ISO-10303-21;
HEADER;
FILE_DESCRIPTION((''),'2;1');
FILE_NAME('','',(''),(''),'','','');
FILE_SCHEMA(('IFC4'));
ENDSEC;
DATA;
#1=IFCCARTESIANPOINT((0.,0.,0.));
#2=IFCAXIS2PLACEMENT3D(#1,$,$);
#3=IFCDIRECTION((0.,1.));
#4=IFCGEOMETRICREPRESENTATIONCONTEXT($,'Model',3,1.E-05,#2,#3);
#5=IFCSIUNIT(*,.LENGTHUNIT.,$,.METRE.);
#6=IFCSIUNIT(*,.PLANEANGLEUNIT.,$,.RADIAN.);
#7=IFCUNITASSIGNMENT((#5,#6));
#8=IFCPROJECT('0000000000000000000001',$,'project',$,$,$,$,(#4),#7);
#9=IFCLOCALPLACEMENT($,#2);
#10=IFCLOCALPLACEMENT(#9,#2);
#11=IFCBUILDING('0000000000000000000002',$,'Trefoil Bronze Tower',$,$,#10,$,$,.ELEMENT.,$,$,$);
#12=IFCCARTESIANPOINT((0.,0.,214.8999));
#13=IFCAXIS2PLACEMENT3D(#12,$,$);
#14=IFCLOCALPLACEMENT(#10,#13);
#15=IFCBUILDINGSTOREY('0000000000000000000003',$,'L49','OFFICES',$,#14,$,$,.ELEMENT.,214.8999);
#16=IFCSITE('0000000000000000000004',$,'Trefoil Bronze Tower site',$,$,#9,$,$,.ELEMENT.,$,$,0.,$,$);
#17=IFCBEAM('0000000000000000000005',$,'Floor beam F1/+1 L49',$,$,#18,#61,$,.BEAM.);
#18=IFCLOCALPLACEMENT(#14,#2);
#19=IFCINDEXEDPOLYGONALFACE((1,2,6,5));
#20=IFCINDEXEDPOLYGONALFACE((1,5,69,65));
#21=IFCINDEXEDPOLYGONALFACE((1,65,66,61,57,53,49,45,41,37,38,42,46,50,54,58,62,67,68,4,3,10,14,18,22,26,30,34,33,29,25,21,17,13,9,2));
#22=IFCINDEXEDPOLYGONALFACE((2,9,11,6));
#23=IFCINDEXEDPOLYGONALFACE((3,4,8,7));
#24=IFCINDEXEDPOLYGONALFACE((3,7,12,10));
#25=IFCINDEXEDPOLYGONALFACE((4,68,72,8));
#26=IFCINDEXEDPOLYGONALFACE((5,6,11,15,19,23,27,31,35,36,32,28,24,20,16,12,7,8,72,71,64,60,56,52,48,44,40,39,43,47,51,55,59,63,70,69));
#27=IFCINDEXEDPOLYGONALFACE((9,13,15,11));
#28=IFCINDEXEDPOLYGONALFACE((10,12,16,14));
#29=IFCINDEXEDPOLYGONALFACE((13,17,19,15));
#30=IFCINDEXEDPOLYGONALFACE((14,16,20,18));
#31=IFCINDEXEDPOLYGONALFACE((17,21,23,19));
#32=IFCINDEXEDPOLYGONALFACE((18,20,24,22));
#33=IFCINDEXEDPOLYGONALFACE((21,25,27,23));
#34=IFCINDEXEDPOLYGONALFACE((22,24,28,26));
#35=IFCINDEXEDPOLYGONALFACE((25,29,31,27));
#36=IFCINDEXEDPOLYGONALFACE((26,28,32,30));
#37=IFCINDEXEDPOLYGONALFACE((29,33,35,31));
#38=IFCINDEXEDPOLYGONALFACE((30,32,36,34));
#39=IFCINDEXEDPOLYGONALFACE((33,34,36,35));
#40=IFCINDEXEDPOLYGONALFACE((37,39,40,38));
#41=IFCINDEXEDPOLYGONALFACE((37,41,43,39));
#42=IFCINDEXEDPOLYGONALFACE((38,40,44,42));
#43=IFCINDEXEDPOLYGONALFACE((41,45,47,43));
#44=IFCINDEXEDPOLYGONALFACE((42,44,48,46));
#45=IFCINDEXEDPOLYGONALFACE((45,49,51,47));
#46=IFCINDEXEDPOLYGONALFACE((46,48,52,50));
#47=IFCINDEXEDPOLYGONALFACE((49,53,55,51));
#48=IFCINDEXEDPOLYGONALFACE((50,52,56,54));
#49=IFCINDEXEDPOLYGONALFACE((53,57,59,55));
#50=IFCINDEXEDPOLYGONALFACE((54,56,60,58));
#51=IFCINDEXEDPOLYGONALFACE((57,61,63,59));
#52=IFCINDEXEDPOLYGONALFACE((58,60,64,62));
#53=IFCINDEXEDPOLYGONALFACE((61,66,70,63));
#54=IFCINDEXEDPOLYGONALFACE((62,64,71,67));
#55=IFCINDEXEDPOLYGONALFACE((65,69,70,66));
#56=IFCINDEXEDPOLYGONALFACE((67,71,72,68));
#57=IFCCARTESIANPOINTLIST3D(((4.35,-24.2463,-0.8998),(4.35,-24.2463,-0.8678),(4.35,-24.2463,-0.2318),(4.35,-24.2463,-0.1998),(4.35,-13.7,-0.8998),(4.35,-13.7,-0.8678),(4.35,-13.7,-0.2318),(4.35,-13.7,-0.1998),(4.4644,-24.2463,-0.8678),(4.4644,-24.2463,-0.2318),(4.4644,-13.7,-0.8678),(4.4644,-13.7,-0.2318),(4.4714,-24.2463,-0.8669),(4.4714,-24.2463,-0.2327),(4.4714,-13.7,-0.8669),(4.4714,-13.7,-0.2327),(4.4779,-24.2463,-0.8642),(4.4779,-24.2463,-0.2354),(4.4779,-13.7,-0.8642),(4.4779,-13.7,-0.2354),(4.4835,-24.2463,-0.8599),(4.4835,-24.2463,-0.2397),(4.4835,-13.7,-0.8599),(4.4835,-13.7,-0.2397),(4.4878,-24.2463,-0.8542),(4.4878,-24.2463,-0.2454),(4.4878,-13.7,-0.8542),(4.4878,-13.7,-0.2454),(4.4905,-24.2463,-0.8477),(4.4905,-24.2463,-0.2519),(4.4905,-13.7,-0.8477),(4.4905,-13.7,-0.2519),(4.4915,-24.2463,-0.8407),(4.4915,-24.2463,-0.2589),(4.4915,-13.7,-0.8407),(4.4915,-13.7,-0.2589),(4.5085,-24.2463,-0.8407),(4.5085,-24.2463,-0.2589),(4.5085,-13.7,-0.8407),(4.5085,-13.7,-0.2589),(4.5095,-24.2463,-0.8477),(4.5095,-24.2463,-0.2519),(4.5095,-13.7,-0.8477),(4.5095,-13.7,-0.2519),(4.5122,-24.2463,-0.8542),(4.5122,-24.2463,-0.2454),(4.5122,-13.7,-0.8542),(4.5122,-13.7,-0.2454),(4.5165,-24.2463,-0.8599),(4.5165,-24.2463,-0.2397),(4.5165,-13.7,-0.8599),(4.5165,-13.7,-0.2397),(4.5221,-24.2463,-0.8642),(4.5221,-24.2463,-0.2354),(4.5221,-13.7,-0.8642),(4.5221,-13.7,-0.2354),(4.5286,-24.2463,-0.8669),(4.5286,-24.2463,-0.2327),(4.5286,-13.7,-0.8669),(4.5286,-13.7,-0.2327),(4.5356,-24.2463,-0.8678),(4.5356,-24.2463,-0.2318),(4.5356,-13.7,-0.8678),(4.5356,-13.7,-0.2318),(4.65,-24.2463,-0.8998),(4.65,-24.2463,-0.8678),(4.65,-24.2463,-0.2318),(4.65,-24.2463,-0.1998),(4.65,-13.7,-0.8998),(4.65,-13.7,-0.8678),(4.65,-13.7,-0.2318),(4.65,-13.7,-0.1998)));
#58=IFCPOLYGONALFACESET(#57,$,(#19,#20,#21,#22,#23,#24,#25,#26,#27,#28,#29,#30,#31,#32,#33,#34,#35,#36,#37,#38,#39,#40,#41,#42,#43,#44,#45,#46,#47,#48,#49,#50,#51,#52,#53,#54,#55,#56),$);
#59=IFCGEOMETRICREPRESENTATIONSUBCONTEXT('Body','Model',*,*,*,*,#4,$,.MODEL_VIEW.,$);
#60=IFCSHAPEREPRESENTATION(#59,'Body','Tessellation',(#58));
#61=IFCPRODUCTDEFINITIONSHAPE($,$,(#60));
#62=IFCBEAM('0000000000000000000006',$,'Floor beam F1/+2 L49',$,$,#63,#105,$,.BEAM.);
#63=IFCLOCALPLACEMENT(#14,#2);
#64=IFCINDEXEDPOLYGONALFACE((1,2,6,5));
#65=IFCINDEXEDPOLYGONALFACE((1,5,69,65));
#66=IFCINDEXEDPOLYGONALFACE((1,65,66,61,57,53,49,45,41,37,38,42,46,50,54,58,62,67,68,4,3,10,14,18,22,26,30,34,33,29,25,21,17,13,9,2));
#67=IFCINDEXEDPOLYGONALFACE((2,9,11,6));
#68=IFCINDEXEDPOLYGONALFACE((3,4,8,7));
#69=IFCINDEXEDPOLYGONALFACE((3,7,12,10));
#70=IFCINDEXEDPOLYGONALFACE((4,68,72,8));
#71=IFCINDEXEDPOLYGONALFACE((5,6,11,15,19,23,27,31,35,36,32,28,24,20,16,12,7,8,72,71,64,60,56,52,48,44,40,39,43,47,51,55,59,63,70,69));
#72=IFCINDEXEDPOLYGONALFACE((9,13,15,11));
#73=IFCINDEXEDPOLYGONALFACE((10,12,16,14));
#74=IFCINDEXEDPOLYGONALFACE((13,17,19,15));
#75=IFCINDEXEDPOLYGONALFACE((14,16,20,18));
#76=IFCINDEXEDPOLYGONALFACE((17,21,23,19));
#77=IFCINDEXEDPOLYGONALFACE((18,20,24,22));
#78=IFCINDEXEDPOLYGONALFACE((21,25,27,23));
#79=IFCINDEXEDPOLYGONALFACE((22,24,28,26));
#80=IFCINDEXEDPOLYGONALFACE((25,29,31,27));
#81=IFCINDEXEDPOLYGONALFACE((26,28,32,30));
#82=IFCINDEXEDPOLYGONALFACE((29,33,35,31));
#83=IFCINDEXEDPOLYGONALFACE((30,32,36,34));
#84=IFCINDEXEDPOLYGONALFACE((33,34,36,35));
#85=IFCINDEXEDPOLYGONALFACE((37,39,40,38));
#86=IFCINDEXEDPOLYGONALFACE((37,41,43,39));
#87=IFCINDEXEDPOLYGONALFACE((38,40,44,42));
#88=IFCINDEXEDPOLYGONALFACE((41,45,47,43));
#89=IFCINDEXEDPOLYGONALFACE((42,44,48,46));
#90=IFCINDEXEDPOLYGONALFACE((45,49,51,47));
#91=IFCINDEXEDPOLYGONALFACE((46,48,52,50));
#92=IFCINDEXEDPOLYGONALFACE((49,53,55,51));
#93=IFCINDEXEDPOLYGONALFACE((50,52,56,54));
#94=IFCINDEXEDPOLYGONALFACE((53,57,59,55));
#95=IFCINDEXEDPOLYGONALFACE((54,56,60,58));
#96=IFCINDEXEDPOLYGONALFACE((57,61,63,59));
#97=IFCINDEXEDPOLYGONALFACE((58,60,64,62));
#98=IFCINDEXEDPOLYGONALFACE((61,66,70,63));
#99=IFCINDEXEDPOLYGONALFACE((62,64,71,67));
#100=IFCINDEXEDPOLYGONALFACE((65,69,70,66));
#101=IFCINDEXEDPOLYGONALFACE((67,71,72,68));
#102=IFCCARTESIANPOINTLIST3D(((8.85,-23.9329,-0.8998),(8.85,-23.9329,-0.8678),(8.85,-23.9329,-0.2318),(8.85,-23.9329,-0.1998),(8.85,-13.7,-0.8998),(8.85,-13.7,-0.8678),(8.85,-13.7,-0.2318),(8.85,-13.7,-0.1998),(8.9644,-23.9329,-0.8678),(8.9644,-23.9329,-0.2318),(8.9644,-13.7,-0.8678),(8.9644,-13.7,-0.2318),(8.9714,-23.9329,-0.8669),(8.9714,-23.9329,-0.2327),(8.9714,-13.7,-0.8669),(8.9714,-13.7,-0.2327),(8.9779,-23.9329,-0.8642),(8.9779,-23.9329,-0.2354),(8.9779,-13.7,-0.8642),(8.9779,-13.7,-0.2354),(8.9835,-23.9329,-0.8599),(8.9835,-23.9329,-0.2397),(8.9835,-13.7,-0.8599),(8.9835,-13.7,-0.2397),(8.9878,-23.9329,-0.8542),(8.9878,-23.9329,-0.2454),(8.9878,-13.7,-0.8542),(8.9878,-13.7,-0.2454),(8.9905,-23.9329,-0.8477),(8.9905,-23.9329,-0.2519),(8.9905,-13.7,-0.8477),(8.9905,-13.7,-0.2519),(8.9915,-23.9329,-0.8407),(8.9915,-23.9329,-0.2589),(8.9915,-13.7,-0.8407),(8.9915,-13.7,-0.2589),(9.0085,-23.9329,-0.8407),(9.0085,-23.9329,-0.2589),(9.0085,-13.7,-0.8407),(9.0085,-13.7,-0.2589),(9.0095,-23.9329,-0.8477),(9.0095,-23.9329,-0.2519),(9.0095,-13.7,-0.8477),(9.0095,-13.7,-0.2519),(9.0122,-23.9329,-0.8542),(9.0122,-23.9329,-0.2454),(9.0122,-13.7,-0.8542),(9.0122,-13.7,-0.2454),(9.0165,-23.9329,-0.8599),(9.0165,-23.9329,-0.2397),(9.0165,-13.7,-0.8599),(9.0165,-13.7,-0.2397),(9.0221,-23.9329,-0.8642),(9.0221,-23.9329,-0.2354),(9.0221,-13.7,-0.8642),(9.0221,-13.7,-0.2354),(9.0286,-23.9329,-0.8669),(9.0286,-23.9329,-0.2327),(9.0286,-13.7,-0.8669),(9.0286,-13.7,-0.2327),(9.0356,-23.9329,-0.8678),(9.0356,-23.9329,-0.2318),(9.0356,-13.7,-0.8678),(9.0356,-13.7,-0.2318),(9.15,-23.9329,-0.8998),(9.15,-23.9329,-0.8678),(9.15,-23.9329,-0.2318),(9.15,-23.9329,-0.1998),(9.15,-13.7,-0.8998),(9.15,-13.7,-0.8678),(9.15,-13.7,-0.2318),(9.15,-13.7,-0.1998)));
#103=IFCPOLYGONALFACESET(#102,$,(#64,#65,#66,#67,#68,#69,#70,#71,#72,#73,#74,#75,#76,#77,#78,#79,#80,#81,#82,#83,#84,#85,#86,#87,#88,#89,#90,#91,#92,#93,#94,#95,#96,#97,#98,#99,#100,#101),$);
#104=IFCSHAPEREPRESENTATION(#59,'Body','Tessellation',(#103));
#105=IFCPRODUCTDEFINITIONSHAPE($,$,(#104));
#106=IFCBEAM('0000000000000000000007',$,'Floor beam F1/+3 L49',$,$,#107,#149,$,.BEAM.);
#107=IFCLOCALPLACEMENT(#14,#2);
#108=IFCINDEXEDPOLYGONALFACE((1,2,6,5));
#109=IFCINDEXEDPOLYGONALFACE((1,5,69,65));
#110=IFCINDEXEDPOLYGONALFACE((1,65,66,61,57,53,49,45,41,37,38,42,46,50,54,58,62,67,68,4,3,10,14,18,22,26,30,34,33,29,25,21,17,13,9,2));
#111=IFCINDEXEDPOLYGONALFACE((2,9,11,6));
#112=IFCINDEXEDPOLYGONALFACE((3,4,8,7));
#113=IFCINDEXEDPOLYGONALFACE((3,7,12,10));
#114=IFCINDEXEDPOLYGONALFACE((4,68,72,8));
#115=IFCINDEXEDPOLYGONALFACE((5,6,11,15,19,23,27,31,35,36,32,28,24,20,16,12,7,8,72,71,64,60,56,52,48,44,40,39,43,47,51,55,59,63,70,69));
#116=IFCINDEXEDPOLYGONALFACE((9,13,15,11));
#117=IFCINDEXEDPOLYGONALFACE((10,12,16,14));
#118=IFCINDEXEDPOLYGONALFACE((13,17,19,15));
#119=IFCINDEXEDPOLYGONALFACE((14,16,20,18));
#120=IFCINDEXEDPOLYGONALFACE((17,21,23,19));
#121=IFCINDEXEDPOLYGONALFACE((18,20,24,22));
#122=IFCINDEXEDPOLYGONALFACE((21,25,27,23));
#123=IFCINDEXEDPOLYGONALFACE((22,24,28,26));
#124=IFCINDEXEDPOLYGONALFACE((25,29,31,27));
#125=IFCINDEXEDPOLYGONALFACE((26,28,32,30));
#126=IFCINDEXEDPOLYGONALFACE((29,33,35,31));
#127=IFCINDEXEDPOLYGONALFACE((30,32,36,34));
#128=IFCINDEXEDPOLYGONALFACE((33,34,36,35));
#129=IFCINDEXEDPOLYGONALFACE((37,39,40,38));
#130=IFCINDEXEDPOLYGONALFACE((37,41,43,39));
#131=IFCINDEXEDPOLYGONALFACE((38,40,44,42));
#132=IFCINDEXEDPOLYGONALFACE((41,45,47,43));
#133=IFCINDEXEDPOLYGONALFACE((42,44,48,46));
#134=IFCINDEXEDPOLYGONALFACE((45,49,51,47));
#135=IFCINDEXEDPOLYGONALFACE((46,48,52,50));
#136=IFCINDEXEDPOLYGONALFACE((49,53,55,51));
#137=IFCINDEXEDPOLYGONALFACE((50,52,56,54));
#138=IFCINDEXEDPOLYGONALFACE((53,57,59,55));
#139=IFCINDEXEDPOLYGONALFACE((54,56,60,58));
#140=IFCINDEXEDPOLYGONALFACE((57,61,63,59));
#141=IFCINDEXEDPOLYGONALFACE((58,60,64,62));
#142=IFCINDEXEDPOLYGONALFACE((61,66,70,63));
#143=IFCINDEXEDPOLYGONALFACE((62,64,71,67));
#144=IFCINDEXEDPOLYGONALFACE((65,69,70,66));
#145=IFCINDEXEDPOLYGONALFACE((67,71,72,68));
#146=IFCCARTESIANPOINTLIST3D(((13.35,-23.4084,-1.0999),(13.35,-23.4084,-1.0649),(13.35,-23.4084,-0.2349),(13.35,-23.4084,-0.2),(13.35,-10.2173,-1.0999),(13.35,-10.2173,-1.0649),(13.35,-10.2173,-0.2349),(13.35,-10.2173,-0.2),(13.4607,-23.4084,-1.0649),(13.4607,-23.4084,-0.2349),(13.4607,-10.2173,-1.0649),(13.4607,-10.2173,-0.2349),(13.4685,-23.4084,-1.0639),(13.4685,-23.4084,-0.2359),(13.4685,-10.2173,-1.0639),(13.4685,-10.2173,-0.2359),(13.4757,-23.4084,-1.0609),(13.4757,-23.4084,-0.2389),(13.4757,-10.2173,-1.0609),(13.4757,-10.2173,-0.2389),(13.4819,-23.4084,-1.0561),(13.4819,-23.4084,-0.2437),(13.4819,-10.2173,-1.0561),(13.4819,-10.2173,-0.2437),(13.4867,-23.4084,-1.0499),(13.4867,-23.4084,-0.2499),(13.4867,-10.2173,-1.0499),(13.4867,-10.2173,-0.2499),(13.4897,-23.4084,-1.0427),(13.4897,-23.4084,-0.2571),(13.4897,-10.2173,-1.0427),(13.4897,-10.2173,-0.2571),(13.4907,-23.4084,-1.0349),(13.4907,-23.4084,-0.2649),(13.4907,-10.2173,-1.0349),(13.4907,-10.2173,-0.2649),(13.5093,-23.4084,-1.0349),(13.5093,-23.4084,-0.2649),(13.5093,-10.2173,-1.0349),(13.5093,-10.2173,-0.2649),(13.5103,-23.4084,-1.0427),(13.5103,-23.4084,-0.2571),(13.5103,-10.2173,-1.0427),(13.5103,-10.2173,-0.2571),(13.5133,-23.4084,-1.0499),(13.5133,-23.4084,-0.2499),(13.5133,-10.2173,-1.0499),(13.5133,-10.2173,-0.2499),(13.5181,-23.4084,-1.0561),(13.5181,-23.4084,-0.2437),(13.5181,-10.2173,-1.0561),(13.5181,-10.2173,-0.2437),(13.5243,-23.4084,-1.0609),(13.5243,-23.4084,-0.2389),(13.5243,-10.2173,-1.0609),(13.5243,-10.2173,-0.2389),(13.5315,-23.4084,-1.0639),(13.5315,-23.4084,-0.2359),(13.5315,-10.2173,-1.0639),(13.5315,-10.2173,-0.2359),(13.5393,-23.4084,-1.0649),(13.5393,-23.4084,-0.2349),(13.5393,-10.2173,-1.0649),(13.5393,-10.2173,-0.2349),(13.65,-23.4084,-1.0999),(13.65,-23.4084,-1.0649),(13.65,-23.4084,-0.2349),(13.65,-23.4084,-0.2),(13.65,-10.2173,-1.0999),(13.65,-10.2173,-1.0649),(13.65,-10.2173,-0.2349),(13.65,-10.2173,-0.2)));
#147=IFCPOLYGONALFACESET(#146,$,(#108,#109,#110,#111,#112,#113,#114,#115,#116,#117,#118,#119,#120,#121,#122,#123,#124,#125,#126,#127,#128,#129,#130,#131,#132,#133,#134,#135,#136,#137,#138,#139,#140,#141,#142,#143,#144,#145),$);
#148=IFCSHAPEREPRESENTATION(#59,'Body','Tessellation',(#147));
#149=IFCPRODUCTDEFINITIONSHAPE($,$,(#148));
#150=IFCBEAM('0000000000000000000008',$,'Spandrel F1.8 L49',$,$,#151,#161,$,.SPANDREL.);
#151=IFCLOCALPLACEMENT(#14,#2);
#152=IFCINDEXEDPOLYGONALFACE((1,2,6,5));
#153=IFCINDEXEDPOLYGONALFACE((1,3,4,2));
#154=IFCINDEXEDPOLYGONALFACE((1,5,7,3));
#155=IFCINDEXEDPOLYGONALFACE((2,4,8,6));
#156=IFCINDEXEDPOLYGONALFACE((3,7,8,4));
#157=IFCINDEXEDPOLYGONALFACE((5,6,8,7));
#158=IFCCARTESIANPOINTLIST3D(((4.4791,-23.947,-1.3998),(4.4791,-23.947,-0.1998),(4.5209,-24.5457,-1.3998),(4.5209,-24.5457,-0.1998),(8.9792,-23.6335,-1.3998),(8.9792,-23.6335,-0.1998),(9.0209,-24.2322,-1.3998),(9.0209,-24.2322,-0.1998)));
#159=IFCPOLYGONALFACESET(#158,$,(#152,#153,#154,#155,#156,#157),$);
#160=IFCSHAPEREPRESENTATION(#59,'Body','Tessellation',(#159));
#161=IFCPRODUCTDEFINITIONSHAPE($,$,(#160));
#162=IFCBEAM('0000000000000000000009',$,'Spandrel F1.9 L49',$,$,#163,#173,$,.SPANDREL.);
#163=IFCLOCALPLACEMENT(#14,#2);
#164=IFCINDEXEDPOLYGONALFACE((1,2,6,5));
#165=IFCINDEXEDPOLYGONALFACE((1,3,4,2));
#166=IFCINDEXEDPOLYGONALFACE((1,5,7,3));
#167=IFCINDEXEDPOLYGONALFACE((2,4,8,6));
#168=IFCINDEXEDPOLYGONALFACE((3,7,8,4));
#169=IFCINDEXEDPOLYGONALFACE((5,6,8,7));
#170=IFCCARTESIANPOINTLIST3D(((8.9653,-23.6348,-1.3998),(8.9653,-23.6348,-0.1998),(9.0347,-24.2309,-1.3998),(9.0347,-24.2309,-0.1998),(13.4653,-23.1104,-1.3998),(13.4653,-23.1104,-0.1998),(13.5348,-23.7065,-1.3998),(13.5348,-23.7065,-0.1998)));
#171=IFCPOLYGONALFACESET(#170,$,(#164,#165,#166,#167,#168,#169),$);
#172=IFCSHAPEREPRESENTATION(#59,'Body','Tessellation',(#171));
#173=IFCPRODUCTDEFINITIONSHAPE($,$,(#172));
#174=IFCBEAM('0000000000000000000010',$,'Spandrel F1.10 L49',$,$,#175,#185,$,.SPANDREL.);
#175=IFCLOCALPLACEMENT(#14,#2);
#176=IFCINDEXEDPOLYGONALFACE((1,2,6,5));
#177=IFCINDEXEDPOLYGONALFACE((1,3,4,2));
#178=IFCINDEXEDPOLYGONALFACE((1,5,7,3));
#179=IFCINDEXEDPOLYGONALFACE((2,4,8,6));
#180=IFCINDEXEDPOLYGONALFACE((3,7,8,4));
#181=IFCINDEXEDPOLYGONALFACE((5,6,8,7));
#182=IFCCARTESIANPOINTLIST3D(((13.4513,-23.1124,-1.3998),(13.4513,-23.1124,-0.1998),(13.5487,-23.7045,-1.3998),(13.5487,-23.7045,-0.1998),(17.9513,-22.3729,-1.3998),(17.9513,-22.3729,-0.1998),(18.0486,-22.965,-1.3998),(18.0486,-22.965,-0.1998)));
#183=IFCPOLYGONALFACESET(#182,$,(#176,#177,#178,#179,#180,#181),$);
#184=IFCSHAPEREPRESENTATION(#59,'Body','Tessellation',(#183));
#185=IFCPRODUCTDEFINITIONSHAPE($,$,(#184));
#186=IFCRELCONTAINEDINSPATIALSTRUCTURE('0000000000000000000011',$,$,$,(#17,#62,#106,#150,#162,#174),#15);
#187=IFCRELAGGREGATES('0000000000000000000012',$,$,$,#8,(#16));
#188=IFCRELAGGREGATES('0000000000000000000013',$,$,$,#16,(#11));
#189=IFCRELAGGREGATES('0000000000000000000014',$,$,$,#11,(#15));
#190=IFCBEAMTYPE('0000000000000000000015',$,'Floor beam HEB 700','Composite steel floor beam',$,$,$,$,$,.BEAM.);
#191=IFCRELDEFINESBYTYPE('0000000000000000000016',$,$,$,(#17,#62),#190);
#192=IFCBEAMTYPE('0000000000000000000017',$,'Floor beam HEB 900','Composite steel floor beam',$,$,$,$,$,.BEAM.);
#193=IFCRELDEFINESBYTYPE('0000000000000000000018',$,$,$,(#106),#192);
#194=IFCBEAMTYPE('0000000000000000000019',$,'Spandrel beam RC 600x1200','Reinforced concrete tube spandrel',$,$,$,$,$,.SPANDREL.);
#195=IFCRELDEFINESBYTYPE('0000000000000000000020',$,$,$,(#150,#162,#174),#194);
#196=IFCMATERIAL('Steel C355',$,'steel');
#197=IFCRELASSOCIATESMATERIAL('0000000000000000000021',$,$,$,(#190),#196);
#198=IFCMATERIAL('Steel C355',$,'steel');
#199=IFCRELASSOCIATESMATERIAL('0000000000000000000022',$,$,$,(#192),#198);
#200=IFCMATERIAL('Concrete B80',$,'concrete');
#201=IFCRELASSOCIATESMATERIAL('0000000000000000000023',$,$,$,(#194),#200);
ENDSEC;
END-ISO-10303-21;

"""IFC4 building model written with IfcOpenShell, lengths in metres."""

from ifc_helpers import new_model, si_unit, direction, frame, origin, origin_2d, place, context, subcontext, project, spatial, rectangle, i_section, extrude, material, material_profile, profile_set, type_object, element, save


model = new_model("IFC4")

# Units and contexts
model_context = context("Model", 3, precision=1e-05, world=origin(), true_north=direction((0.0, 1.0)))
body_context = subcontext(model_context, "Body", "Model", "MODEL_VIEW")
ifc_project = project(units=[si_unit("LENGTHUNIT", "METRE"), si_unit("PLANEANGLEUNIT", "RADIAN")], contexts=[model_context])

# Site, building, storey
site_placement = place(None, origin())
site = spatial("IfcSite", under=ifc_project, at=site_placement, Name="Trefoil Bronze Tower site", CompositionType="ELEMENT", RefElevation=0.0)
building_placement = place(site_placement, origin())
building = spatial("IfcBuilding", under=site, at=building_placement, Name="Trefoil Bronze Tower", CompositionType="ELEMENT")
storey_placement = place(building_placement, frame((0.0, 0.0, 214.8999)))
storey = spatial("IfcBuildingStorey", under=building, at=storey_placement, Name="L49", Description="OFFICES", CompositionType="ELEMENT", Elevation=214.8999)

# Beams
ifc_material_1 = material(Name="Steel C355", Category="steel")
ifc_material_profile_1 = material_profile(ifc_material_1, i_section(OverallWidth=0.3, OverallDepth=0.7, WebThickness=0.0171, FlangeThickness=0.032, FilletRadius=0.0271, at=origin_2d()), Name="HEB 700")
ifc_profile_set_1 = profile_set([ifc_material_profile_1], Name="Steel C355")
beam_type_1 = type_object("IfcBeamType", Name="Floor beam HEB 700", Description="Composite steel floor beam", PredefinedType="BEAM", material=ifc_profile_set_1)
beam_1_placement = place(storey_placement, frame((4.5, -24.2463, -0.5498), z_axis=(0.0, 1.0, 0.0), x_axis=(-1.0, 0.0, 0.0)))
element("IfcBeam", 1, at=beam_1_placement, inside=storey, type_object=beam_type_1, Name="Floor beam F1/+1 L49", PredefinedType="BEAM", context=body_context, shape_type="SweptSolid", body=[
    extrude(i_section(OverallWidth=0.3, OverallDepth=0.7, WebThickness=0.0171, FlangeThickness=0.032, FilletRadius=0.0271, at=origin_2d()), origin(), (0.0, 0.0, 1.0), 10.5464),
])
beam_2_placement = place(storey_placement, frame((9.0, -23.9329, -0.5498), z_axis=(0.0, 1.0, 0.0), x_axis=(-1.0, 0.0, 0.0)))
element("IfcBeam", 2, at=beam_2_placement, inside=storey, type_object=beam_type_1, Name="Floor beam F1/+2 L49", PredefinedType="BEAM", context=body_context, shape_type="SweptSolid", body=[
    extrude(i_section(OverallWidth=0.3, OverallDepth=0.7, WebThickness=0.0171, FlangeThickness=0.032, FilletRadius=0.0271, at=origin_2d()), origin(), (0.0, 0.0, 1.0), 10.2329),
])
ifc_material_2 = material(Name="Steel C355", Category="steel")
ifc_material_profile_2 = material_profile(ifc_material_2, i_section(OverallWidth=0.3, OverallDepth=0.8999, WebThickness=0.0186, FlangeThickness=0.0349, FilletRadius=0.03, at=origin_2d()), Name="HEB 900")
ifc_profile_set_2 = profile_set([ifc_material_profile_2], Name="Steel C355")
beam_type_2 = type_object("IfcBeamType", Name="Floor beam HEB 900", Description="Composite steel floor beam", PredefinedType="BEAM", material=ifc_profile_set_2)
beam_3_placement = place(storey_placement, frame((13.5, -23.4084, -0.6499), z_axis=(0.0, 1.0, 0.0), x_axis=(-1.0, 0.0, 0.0)))
element("IfcBeam", 3, at=beam_3_placement, inside=storey, type_object=beam_type_2, Name="Floor beam F1/+3 L49", PredefinedType="BEAM", context=body_context, shape_type="SweptSolid", body=[
    extrude(i_section(OverallWidth=0.3, OverallDepth=0.8999, WebThickness=0.0186, FlangeThickness=0.0349, FilletRadius=0.03, at=origin_2d()), origin(), (0.0, 0.0, 1.0), 13.1912),
])
ifc_material_3 = material(Name="Concrete B80", Category="concrete")
ifc_material_profile_3 = material_profile(ifc_material_3, rectangle(XDim=0.6001, YDim=1.2, at=origin_2d()), Name="RC 600x1200")
ifc_profile_set_3 = profile_set([ifc_material_profile_3], Name="Concrete B80")
beam_type_3 = type_object("IfcBeamType", Name="Spandrel beam RC 600x1200", Description="Reinforced concrete tube spandrel", PredefinedType="SPANDREL", material=ifc_profile_set_3)
beam_4_placement = place(storey_placement, frame((4.5, -24.2463, -0.7998), z_axis=(0.997582, 0.069493, 0.0), x_axis=(-0.069493, 0.997582, 0.0)))
element("IfcBeam", 4, at=beam_4_placement, inside=storey, type_object=beam_type_3, Name="Spandrel F1.8 L49", PredefinedType="SPANDREL", context=body_context, shape_type="SweptSolid", body=[
    extrude(rectangle(XDim=0.6001, YDim=1.2, at=origin_2d()), origin(), (0.0, 0.0, 1.0), 4.511),
])
beam_5_placement = place(storey_placement, frame((9.0, -23.9329, -0.7998), z_axis=(0.993278, 0.115753, 0.0), x_axis=(-0.115753, 0.993278, 0.0)))
element("IfcBeam", 5, at=beam_5_placement, inside=storey, type_object=beam_type_3, Name="Spandrel F1.9 L49", PredefinedType="SPANDREL", context=body_context, shape_type="SweptSolid", body=[
    extrude(rectangle(XDim=0.6001, YDim=1.2, at=origin_2d()), origin(), (0.0, 0.0, 1.0), 4.5305),
])
beam_6_placement = place(storey_placement, frame((13.5, -23.4084, -0.7998), z_axis=(0.986765, 0.162159, 0.0), x_axis=(-0.162159, 0.986765, 0.0)))
element("IfcBeam", 6, at=beam_6_placement, inside=storey, type_object=beam_type_3, Name="Spandrel F1.10 L49", PredefinedType="SPANDREL", context=body_context, shape_type="SweptSolid", body=[
    extrude(rectangle(XDim=0.6001, YDim=1.2, at=origin_2d()), origin(), (0.0, 0.0, 1.0), 4.5603),
])

save(model, "model.ifc")
